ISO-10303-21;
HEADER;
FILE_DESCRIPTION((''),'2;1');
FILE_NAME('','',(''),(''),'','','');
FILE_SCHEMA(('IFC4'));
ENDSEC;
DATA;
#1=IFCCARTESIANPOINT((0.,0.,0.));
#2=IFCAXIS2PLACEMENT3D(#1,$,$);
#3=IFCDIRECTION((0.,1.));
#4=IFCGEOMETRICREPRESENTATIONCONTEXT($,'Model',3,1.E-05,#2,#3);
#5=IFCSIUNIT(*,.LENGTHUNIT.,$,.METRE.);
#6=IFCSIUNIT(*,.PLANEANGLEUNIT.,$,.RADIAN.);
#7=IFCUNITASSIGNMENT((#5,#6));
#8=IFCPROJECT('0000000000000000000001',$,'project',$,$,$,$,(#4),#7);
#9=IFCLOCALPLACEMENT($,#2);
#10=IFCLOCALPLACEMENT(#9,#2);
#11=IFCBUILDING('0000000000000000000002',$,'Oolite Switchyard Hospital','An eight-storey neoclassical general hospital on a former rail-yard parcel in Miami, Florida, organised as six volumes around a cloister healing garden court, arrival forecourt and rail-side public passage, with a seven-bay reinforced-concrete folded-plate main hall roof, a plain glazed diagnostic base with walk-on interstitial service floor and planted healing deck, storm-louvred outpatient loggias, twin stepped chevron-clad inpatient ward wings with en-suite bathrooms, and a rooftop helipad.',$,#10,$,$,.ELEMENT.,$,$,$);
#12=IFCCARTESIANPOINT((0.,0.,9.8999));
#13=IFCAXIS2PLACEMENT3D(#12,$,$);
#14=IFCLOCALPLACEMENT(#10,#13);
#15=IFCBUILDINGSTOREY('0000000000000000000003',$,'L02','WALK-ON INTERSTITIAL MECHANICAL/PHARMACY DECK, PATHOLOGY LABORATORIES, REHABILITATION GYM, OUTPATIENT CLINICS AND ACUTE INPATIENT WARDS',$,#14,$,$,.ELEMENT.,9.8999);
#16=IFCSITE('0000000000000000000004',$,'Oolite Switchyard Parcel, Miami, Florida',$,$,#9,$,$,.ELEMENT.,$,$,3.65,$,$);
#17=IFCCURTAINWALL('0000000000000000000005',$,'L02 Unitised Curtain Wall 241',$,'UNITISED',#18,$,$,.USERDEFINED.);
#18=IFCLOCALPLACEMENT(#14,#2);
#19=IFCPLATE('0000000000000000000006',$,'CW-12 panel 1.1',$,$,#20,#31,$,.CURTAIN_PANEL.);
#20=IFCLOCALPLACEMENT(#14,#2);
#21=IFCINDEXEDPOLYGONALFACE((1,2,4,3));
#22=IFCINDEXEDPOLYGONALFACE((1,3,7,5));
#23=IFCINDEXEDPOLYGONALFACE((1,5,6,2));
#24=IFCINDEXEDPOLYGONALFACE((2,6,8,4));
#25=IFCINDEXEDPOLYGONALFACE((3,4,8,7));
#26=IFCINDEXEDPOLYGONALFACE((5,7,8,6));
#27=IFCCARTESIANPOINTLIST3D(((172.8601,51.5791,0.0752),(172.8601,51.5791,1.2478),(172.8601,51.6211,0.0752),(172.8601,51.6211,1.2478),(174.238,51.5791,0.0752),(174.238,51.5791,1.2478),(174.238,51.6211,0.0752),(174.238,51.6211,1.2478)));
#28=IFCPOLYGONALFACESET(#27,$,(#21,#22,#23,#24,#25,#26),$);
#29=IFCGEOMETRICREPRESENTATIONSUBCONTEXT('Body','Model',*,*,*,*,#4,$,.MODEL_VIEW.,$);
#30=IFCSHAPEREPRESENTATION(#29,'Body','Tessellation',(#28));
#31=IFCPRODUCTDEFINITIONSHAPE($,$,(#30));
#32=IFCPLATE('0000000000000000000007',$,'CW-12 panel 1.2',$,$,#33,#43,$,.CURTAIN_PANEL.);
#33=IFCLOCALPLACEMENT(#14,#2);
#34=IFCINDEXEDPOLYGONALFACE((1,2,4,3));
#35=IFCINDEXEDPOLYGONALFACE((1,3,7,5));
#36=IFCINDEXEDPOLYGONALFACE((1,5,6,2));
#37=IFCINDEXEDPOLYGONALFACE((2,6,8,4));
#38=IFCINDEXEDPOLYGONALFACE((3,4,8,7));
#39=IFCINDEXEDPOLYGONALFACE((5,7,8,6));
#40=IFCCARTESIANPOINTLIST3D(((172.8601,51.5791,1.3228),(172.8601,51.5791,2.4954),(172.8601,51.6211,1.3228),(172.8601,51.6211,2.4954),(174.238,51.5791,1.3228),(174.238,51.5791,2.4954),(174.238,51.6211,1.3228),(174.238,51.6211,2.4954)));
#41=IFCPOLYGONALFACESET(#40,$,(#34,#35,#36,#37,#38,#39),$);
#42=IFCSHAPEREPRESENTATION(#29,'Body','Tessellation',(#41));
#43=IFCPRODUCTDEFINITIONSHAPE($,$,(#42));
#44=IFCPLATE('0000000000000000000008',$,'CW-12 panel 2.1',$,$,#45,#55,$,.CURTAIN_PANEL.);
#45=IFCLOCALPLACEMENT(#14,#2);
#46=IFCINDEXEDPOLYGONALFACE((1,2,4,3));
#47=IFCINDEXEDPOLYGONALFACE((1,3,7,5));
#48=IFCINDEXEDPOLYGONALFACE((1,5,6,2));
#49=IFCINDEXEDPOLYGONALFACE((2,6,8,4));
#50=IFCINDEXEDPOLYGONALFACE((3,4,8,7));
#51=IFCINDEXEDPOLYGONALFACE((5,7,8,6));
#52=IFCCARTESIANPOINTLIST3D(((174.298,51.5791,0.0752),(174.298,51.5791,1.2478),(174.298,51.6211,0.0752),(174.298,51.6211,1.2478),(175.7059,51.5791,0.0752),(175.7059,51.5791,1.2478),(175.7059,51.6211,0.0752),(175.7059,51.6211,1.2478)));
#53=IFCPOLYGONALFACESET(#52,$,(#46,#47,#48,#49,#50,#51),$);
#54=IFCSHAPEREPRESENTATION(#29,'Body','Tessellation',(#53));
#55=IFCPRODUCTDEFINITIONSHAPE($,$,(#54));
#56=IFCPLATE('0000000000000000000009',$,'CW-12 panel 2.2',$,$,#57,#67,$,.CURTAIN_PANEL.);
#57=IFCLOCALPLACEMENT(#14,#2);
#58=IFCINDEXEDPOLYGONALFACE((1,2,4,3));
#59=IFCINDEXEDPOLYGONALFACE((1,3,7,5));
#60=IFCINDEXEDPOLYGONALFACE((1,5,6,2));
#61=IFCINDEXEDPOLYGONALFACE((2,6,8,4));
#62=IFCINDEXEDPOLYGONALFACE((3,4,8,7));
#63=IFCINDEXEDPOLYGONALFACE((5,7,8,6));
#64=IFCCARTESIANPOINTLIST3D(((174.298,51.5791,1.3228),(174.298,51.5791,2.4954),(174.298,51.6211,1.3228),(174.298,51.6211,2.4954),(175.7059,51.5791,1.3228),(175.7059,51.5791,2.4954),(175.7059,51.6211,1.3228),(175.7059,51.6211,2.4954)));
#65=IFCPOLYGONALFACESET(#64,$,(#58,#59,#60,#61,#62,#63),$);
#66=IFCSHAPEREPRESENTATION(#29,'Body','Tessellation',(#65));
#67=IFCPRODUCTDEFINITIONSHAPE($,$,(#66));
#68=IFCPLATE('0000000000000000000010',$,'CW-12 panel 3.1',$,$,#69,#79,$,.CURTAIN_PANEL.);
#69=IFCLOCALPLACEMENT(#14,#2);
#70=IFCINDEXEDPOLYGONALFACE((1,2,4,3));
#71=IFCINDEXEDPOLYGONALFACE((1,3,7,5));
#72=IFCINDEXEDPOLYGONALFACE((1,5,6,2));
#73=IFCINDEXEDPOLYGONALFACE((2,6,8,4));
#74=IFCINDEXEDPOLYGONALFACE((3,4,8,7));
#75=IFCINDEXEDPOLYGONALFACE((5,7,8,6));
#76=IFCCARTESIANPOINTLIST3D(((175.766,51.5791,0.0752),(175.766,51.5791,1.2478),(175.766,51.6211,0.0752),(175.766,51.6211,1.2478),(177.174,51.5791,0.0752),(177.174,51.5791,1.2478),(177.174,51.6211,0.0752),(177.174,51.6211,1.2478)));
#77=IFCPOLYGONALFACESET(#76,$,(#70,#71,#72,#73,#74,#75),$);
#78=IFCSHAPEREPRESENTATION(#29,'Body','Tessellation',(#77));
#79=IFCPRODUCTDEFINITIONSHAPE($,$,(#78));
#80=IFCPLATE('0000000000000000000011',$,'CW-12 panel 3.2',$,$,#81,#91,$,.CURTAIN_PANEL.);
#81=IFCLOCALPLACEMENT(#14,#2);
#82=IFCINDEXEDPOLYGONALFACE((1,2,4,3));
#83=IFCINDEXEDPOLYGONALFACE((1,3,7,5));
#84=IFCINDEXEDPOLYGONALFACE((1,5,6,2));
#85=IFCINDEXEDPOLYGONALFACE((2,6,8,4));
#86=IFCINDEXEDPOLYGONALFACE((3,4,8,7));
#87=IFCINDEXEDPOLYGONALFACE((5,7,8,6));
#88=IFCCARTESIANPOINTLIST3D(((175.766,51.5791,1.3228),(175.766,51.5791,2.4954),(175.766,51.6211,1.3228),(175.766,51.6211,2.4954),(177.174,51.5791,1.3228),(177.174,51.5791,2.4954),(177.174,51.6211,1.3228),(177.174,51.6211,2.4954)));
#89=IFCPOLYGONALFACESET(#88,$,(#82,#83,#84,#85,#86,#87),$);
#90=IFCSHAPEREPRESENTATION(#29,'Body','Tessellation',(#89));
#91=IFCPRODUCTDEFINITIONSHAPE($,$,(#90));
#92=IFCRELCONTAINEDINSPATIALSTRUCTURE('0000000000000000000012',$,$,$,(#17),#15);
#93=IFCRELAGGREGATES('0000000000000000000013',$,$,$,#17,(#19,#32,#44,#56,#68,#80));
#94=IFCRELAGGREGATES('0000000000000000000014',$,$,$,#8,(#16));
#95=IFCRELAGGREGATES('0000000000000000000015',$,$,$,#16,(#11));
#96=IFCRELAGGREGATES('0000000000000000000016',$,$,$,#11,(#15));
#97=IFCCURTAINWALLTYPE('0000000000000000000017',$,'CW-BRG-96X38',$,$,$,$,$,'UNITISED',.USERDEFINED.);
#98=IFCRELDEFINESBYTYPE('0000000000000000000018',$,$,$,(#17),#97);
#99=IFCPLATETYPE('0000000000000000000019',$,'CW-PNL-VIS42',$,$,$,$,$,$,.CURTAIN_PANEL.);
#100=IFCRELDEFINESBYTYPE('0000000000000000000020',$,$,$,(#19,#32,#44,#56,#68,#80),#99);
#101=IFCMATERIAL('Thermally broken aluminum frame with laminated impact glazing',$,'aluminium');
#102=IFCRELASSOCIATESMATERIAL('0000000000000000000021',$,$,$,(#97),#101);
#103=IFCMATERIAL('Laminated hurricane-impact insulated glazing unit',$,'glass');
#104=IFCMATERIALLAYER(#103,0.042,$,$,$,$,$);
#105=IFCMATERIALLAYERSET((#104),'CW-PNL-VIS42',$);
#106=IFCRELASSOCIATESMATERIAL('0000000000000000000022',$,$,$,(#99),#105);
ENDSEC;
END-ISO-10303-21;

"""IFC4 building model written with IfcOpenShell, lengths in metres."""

from ifc_helpers import new_model, si_unit, direction, frame, origin, origin_2d, place, context, subcontext, project, spatial, rectangle, extrude, material, layer, layer_set, type_object, element, aggregate, save


model = new_model("IFC4")

# Units and contexts
model_context = context("Model", 3, precision=1e-05, world=origin(), true_north=direction((0.0, 1.0)))
body_context = subcontext(model_context, "Body", "Model", "MODEL_VIEW")
ifc_project = project(units=[si_unit("LENGTHUNIT", "METRE"), si_unit("PLANEANGLEUNIT", "RADIAN")], contexts=[model_context])

# Site, building, storey
site_placement = place(None, origin())
site = spatial("IfcSite", under=ifc_project, at=site_placement, Name="Oolite Switchyard Parcel, Miami, Florida", CompositionType="ELEMENT", RefElevation=3.65)
building_placement = place(site_placement, origin())
building = spatial("IfcBuilding", under=site, at=building_placement, Name="Oolite Switchyard Hospital", Description="An eight-storey neoclassical general hospital on a former rail-yard parcel in Miami, Florida, organised as six volumes around a cloister healing garden court, arrival forecourt and rail-side public passage, with a seven-bay reinforced-concrete folded-plate main hall roof, a plain glazed diagnostic base with walk-on interstitial service floor and planted healing deck, storm-louvred outpatient loggias, twin stepped chevron-clad inpatient ward wings with en-suite bathrooms, and a rooftop helipad.", CompositionType="ELEMENT")
storey_placement = place(building_placement, frame((0.0, 0.0, 9.8999)))
storey = spatial("IfcBuildingStorey", under=building, at=storey_placement, Name="L02", Description="WALK-ON INTERSTITIAL MECHANICAL/PHARMACY DECK, PATHOLOGY LABORATORIES, REHABILITATION GYM, OUTPATIENT CLINICS AND ACUTE INPATIENT WARDS", CompositionType="ELEMENT", Elevation=9.8999)

# Curtain wall, plates
ifc_material_1 = material(Name="Thermally broken aluminum frame with laminated impact glazing", Category="aluminium")
curtain_wall_type = type_object("IfcCurtainWallType", Name="CW-BRG-96X38", ElementType="UNITISED", PredefinedType="USERDEFINED", material=ifc_material_1)
curtain_wall_placement = place(storey_placement, origin())
curtain_wall = element("IfcCurtainWall", 1, at=curtain_wall_placement, inside=storey, type_object=curtain_wall_type, Name="L02 Unitised Curtain Wall 241", ObjectType="UNITISED", PredefinedType="USERDEFINED")
ifc_material_2 = material(Name="Laminated hurricane-impact insulated glazing unit", Category="glass")
ifc_layer = layer(ifc_material_2, 0.042)
ifc_layer_set = layer_set([ifc_layer], Name="CW-PNL-VIS42")
plate_type = type_object("IfcPlateType", Name="CW-PNL-VIS42", PredefinedType="CURTAIN_PANEL", material=ifc_layer_set)
plate_1_placement = place(storey_placement, frame((173.5491, 51.6001, 0.0752), z_axis=(0.0, 0.0, 1.0), x_axis=(1.0, 0.0, 0.0)))
plate_1 = element("IfcPlate", 2, at=plate_1_placement, type_object=plate_type, Name="CW-12 panel 1.1", PredefinedType="CURTAIN_PANEL", context=body_context, shape_type="SweptSolid", body=[
    extrude(rectangle(XDim=1.3779, YDim=0.042, at=origin_2d()), origin(), (0.0, 0.0, 1.0), 1.1726),
])
plate_2_placement = place(storey_placement, frame((173.5491, 51.6001, 1.3228), z_axis=(0.0, 0.0, 1.0), x_axis=(1.0, 0.0, 0.0)))
plate_2 = element("IfcPlate", 3, at=plate_2_placement, type_object=plate_type, Name="CW-12 panel 1.2", PredefinedType="CURTAIN_PANEL", context=body_context, shape_type="SweptSolid", body=[
    extrude(rectangle(XDim=1.3779, YDim=0.042, at=origin_2d()), origin(), (0.0, 0.0, 1.0), 1.1726),
])
plate_3_placement = place(storey_placement, frame((175.002, 51.6001, 0.0752), z_axis=(0.0, 0.0, 1.0), x_axis=(1.0, 0.0, 0.0)))
plate_3 = element("IfcPlate", 4, at=plate_3_placement, type_object=plate_type, Name="CW-12 panel 2.1", PredefinedType="CURTAIN_PANEL", context=body_context, shape_type="SweptSolid", body=[
    extrude(rectangle(XDim=1.408, YDim=0.042, at=origin_2d()), origin(), (0.0, 0.0, 1.0), 1.1726),
])
plate_4_placement = place(storey_placement, frame((175.002, 51.6001, 1.3228), z_axis=(0.0, 0.0, 1.0), x_axis=(1.0, 0.0, 0.0)))
plate_4 = element("IfcPlate", 5, at=plate_4_placement, type_object=plate_type, Name="CW-12 panel 2.2", PredefinedType="CURTAIN_PANEL", context=body_context, shape_type="SweptSolid", body=[
    extrude(rectangle(XDim=1.408, YDim=0.042, at=origin_2d()), origin(), (0.0, 0.0, 1.0), 1.1726),
])
plate_5_placement = place(storey_placement, frame((176.47, 51.6001, 0.0752), z_axis=(0.0, 0.0, 1.0), x_axis=(1.0, 0.0, 0.0)))
plate_5 = element("IfcPlate", 6, at=plate_5_placement, type_object=plate_type, Name="CW-12 panel 3.1", PredefinedType="CURTAIN_PANEL", context=body_context, shape_type="SweptSolid", body=[
    extrude(rectangle(XDim=1.408, YDim=0.042, at=origin_2d()), origin(), (0.0, 0.0, 1.0), 1.1726),
])
plate_6_placement = place(storey_placement, frame((176.47, 51.6001, 1.3228), z_axis=(0.0, 0.0, 1.0), x_axis=(1.0, 0.0, 0.0)))
plate_6 = element("IfcPlate", 7, at=plate_6_placement, type_object=plate_type, Name="CW-12 panel 3.2", PredefinedType="CURTAIN_PANEL", context=body_context, shape_type="SweptSolid", body=[
    extrude(rectangle(XDim=1.408, YDim=0.042, at=origin_2d()), origin(), (0.0, 0.0, 1.0), 1.1726),
])
aggregate(curtain_wall, [plate_1, plate_2, plate_3, plate_4, plate_5, plate_6])

save(model, "model.ifc")
